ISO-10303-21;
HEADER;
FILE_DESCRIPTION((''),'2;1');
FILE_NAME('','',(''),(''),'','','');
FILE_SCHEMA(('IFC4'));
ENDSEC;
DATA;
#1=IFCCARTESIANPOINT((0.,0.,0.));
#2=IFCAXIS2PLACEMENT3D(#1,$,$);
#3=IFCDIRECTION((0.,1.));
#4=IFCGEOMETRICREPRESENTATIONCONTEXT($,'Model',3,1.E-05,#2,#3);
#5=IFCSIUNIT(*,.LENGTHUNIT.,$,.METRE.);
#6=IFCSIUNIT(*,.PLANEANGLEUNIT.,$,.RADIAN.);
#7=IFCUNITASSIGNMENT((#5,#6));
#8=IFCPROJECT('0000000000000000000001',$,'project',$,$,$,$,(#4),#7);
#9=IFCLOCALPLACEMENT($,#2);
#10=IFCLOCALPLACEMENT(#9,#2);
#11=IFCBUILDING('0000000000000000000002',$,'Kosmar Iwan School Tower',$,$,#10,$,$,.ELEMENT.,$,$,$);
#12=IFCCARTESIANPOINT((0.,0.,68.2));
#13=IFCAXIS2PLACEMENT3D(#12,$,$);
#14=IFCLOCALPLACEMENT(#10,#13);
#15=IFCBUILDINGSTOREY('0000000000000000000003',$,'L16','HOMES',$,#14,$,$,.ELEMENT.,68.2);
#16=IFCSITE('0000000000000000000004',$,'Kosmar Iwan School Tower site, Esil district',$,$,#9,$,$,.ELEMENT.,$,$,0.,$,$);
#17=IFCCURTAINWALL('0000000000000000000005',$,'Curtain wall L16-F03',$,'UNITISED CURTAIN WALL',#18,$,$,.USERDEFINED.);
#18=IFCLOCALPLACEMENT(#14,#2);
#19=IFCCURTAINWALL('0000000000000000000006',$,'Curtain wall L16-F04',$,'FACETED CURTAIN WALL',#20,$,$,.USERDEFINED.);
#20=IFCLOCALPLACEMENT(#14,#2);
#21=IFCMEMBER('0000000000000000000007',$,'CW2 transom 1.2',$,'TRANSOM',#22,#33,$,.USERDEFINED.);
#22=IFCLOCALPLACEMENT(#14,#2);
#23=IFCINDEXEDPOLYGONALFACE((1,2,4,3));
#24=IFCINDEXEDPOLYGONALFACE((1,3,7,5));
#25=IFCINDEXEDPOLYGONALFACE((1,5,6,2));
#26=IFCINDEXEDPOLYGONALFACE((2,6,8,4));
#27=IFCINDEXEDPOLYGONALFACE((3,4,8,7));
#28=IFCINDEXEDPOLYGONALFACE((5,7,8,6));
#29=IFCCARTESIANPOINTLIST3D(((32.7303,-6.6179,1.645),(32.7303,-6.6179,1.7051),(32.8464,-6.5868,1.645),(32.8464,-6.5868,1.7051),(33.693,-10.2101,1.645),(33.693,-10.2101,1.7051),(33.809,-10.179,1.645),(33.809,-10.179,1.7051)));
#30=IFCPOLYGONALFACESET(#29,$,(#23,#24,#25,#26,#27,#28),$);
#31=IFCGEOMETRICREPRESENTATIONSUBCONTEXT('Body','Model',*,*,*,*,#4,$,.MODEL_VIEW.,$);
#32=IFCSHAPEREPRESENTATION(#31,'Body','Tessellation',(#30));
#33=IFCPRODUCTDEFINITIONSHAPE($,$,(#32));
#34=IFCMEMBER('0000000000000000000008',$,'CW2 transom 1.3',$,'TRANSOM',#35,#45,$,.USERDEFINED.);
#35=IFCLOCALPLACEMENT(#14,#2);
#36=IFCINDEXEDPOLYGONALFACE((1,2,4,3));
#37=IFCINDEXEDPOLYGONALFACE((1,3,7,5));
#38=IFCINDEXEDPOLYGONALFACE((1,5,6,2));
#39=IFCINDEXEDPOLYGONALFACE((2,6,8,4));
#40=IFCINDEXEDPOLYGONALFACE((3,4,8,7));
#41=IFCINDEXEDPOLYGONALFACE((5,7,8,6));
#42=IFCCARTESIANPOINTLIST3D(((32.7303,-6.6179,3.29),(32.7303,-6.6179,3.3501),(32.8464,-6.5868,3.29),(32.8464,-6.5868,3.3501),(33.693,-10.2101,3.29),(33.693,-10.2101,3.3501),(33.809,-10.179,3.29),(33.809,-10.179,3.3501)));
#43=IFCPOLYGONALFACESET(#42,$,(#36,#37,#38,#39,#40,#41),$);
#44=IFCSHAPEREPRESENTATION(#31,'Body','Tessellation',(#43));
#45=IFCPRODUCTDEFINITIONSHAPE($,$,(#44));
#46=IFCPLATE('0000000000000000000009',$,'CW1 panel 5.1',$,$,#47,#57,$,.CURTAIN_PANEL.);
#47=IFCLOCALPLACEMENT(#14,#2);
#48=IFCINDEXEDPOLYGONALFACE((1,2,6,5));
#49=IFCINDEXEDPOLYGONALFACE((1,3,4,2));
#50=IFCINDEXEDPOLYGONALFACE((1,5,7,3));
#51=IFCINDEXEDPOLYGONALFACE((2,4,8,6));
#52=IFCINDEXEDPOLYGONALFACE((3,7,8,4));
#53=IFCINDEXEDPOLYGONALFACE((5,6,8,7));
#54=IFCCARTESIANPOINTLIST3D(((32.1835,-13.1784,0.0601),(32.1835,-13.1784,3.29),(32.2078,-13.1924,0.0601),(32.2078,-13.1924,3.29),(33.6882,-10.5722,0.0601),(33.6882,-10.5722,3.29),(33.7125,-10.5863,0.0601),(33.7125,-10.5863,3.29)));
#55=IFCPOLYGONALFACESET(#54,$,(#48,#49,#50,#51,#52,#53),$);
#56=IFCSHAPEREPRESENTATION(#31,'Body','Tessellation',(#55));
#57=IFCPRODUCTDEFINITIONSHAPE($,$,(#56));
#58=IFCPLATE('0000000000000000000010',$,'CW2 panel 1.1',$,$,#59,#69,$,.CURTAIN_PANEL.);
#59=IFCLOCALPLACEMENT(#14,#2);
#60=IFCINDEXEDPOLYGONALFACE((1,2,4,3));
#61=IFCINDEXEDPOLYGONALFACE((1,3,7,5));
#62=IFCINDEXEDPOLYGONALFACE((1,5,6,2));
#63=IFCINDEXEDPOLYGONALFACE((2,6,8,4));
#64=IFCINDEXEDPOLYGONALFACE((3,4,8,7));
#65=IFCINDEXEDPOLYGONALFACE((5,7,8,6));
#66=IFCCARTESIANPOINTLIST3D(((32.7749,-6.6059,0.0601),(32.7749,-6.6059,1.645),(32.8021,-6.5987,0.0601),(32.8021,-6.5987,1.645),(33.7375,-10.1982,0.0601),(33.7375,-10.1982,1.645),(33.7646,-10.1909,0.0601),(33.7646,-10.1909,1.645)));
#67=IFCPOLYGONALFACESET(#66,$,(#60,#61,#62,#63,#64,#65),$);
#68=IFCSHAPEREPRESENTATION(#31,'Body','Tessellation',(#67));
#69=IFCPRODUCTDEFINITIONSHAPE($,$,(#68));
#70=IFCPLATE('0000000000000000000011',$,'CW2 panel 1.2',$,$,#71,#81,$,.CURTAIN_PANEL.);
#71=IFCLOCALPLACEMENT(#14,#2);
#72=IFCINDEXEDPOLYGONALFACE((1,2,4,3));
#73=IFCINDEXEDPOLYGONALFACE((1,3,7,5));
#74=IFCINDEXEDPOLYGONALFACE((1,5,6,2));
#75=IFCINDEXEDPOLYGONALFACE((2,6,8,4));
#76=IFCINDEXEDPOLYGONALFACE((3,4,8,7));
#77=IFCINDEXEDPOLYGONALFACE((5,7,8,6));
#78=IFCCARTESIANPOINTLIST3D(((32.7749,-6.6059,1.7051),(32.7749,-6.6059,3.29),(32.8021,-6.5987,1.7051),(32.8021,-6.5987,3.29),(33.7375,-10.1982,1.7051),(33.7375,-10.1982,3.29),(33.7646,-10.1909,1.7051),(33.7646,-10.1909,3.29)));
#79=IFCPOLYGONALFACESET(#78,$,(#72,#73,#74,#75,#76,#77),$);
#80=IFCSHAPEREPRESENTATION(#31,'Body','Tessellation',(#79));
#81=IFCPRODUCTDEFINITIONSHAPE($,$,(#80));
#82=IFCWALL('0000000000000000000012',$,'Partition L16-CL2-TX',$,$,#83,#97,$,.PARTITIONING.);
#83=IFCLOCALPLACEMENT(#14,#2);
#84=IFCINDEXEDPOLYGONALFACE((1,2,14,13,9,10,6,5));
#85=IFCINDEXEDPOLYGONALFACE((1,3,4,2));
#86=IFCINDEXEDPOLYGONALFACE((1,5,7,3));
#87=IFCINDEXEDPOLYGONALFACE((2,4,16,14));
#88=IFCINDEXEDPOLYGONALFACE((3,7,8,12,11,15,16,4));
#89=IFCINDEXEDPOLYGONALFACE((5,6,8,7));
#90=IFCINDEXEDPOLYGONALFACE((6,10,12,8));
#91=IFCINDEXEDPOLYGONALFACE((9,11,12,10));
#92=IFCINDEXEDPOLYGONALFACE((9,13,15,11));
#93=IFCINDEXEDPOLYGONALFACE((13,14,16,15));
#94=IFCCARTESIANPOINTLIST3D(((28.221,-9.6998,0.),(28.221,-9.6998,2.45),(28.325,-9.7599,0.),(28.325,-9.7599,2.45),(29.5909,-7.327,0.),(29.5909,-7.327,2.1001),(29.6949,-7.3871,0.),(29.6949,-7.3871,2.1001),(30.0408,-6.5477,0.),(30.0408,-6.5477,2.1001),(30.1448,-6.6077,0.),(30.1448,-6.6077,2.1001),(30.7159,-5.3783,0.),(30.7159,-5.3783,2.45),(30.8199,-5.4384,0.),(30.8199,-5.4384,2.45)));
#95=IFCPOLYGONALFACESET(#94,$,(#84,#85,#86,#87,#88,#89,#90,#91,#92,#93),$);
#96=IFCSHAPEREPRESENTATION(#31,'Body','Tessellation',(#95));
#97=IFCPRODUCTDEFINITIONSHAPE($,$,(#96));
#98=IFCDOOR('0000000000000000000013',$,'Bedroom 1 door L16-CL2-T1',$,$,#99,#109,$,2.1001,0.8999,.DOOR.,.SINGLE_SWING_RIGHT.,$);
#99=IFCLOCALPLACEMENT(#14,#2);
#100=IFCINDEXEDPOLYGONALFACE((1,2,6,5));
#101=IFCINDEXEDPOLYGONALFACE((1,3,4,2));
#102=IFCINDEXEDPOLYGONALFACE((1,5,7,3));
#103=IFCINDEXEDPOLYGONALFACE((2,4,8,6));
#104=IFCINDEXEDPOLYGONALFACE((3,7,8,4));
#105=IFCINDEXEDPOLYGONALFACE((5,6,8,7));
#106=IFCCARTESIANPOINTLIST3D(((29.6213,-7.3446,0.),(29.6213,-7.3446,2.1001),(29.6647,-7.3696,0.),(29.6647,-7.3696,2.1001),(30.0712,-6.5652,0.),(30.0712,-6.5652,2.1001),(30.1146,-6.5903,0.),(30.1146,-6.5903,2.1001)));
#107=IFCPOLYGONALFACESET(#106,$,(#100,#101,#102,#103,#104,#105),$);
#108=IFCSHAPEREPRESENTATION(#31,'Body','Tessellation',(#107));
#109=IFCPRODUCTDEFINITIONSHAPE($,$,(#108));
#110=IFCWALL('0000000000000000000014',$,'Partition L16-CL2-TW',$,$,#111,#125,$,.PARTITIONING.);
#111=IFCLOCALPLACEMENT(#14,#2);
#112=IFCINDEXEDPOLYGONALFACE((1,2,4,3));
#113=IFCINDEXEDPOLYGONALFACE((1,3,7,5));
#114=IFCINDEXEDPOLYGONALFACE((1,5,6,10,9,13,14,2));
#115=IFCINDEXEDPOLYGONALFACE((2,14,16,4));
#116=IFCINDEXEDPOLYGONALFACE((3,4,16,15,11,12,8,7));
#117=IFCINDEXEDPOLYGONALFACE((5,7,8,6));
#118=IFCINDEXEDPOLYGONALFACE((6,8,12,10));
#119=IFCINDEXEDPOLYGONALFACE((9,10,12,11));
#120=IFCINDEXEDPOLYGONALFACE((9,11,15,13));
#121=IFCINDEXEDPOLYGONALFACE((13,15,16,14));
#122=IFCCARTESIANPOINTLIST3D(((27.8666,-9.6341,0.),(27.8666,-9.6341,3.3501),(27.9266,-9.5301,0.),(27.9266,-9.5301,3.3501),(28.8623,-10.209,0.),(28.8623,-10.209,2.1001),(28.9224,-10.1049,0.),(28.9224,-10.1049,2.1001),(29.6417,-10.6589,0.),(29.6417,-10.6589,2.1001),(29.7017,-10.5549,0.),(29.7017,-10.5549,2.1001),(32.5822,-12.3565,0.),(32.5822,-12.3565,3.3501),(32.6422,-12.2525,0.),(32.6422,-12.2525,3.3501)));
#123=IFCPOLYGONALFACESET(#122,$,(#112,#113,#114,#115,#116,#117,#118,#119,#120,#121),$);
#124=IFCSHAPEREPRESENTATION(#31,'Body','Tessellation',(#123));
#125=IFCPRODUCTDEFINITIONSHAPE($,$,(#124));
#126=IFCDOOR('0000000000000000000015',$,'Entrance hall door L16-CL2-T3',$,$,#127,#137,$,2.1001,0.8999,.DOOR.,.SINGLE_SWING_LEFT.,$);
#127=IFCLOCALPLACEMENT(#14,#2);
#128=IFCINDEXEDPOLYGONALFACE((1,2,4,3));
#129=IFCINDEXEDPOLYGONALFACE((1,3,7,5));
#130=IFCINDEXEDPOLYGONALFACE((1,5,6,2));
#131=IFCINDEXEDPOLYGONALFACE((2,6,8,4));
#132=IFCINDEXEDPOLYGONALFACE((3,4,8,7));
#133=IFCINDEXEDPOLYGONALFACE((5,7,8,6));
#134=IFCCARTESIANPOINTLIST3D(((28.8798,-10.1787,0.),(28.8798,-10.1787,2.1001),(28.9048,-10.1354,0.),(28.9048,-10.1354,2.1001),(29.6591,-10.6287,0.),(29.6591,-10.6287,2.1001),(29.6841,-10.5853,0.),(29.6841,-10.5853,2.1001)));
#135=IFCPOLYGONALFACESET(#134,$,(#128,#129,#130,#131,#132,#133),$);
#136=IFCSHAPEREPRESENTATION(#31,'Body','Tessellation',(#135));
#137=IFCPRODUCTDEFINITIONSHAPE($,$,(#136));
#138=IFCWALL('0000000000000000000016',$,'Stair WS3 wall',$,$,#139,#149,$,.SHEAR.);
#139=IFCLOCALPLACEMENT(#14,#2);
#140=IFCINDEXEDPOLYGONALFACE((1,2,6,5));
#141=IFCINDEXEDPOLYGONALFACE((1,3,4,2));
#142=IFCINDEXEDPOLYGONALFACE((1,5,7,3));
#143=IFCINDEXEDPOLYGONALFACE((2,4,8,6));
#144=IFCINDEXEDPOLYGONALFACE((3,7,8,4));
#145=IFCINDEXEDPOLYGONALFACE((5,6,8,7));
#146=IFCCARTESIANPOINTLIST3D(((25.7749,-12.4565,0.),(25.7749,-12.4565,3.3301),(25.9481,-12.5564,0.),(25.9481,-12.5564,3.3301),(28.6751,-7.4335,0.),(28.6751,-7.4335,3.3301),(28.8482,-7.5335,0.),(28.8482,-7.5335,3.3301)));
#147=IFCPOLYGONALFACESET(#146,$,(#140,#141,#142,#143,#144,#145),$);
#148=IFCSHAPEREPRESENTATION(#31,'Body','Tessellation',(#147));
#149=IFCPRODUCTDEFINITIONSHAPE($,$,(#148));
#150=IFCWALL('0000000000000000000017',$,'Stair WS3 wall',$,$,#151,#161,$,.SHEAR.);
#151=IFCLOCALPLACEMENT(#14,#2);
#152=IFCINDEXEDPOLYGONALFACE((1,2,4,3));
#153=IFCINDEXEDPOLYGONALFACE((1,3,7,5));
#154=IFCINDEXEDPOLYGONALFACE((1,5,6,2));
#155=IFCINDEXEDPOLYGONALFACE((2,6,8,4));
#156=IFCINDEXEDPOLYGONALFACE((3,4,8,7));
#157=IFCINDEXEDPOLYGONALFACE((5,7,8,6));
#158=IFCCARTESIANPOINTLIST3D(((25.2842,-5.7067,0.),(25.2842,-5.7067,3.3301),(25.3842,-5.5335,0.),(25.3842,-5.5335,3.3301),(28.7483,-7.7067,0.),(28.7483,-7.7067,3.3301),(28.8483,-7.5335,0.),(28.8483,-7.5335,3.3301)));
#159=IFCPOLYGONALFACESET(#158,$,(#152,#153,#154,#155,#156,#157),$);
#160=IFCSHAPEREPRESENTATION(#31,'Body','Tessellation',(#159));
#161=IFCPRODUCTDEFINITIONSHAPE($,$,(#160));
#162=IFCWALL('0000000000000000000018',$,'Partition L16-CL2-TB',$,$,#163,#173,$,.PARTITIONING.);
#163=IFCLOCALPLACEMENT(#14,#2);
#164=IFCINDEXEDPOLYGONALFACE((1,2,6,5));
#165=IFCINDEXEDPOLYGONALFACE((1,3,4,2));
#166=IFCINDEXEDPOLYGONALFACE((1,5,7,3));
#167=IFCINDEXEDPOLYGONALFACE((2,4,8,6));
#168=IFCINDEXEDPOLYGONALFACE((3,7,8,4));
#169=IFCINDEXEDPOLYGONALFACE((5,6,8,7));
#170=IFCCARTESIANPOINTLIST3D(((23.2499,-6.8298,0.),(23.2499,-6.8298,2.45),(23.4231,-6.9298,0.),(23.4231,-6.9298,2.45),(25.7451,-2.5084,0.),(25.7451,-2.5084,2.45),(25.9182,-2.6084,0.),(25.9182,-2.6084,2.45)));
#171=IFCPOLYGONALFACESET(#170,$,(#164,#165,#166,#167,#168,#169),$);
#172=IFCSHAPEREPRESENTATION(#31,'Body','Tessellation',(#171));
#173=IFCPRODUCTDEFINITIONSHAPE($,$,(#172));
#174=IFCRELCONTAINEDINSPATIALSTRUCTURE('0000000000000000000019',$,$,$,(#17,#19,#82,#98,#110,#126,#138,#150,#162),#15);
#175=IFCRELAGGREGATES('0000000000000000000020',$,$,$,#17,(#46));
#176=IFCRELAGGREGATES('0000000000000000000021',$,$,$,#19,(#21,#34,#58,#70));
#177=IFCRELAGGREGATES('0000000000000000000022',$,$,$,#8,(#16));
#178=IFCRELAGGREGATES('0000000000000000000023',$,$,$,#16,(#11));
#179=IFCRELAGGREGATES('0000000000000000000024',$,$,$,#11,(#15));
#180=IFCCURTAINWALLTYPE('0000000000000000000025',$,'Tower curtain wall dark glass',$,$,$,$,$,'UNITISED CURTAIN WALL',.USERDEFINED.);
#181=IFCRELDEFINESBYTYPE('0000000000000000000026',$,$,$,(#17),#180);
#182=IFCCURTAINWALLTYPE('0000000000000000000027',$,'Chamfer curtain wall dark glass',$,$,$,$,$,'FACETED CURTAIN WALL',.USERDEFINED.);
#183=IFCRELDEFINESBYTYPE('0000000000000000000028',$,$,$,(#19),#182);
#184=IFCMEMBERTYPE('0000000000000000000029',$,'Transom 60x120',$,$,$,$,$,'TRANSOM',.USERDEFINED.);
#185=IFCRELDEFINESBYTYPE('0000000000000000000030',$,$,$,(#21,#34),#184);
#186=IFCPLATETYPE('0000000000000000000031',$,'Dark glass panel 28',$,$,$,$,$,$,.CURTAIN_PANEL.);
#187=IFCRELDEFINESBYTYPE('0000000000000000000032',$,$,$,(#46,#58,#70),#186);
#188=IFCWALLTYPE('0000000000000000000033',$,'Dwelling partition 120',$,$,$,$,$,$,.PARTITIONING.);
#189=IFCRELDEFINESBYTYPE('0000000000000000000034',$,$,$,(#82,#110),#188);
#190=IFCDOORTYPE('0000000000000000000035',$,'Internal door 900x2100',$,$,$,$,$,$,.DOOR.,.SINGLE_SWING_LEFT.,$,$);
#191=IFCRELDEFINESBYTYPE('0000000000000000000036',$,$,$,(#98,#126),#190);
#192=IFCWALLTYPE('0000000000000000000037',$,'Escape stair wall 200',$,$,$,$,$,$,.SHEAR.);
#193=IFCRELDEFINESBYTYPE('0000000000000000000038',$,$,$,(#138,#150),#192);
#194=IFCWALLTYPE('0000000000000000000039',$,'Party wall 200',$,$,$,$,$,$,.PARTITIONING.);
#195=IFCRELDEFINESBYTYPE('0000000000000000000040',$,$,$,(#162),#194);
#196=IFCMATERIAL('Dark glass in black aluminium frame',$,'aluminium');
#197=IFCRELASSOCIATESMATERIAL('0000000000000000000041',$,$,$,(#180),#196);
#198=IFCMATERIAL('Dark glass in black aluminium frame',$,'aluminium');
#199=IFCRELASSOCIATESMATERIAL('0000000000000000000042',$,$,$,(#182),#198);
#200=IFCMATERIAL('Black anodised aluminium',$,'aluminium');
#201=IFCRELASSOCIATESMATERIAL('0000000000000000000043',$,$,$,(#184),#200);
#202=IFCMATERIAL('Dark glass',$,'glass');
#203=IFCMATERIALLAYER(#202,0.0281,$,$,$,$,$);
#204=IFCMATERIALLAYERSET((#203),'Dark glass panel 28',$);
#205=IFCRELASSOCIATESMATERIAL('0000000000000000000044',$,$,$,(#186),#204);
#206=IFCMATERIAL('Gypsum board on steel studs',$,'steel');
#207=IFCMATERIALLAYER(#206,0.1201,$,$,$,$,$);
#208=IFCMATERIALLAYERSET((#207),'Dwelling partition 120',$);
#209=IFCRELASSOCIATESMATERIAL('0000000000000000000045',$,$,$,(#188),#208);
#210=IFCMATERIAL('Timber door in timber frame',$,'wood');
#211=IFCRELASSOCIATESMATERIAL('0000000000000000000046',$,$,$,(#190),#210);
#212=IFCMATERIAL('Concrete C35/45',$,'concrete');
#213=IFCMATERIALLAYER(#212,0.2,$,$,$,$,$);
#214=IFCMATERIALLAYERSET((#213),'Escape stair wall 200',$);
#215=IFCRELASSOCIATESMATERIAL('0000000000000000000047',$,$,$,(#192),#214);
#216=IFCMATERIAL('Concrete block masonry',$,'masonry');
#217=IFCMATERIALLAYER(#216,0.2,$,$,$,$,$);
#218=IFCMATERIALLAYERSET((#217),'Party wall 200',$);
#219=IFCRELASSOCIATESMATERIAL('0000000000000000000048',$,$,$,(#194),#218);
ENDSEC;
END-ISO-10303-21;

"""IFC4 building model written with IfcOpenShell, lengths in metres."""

from ifc_helpers import new_model, si_unit, direction, frame, frame_2d, origin, origin_2d, place, context, subcontext, project, spatial, rectangle, extrude, material, layer, layer_set, material_profile, profile_set, type_object, element, fill, aggregate, save


model = new_model("IFC4")

# Units and contexts
model_context = context("Model", 3, precision=1e-05, world=origin(), true_north=direction((0.0, 1.0)))
body_context = subcontext(model_context, "Body", "Model", "MODEL_VIEW")
ifc_project = project(units=[si_unit("LENGTHUNIT", "METRE"), si_unit("PLANEANGLEUNIT", "RADIAN")], contexts=[model_context])

# Site, building, storey
site_placement = place(None, origin())
site = spatial("IfcSite", under=ifc_project, at=site_placement, Name="Kosmar Iwan School Tower site, Esil district", CompositionType="ELEMENT", RefElevation=0.0)
building_placement = place(site_placement, origin())
building = spatial("IfcBuilding", under=site, at=building_placement, Name="Kosmar Iwan School Tower", CompositionType="ELEMENT")
storey_placement = place(building_placement, frame((0.0, 0.0, 68.2)))
storey = spatial("IfcBuildingStorey", under=building, at=storey_placement, Name="L16", Description="HOMES", CompositionType="ELEMENT", Elevation=68.2)

# Curtain wall
ifc_material_1 = material(Name="Dark glass in black aluminium frame", Category="aluminium")
curtain_wall_type_1 = type_object("IfcCurtainWallType", Name="Tower curtain wall dark glass", ElementType="UNITISED CURTAIN WALL", PredefinedType="USERDEFINED", material=ifc_material_1)
curtain_wall_1_placement = place(storey_placement, origin())
curtain_wall_1 = element("IfcCurtainWall", 1, at=curtain_wall_1_placement, inside=storey, type_object=curtain_wall_type_1, Name="Curtain wall L16-F03", ObjectType="UNITISED CURTAIN WALL", PredefinedType="USERDEFINED")

# Curtain wall
ifc_material_2 = material(Name="Dark glass in black aluminium frame", Category="aluminium")
curtain_wall_type_2 = type_object("IfcCurtainWallType", Name="Chamfer curtain wall dark glass", ElementType="FACETED CURTAIN WALL", PredefinedType="USERDEFINED", material=ifc_material_2)
curtain_wall_2_placement = place(storey_placement, origin())
curtain_wall_2 = element("IfcCurtainWall", 2, at=curtain_wall_2_placement, inside=storey, type_object=curtain_wall_type_2, Name="Curtain wall L16-F04", ObjectType="FACETED CURTAIN WALL", PredefinedType="USERDEFINED")

# Members
ifc_material_3 = material(Name="Black anodised aluminium", Category="aluminium")
ifc_material_profile_1 = material_profile(ifc_material_3, rectangle(XDim=0.1201, YDim=0.0601, at=origin_2d()), Name="TRANSOM 60x120")
ifc_profile_set_1 = profile_set([ifc_material_profile_1], Name="Black anodised aluminium")
member_type_1 = type_object("IfcMemberType", Name="Transom 60x120", ElementType="TRANSOM", PredefinedType="USERDEFINED", material=ifc_profile_set_1)
member_1_placement = place(storey_placement, frame((33.751, -10.1946, 1.675), z_axis=(-0.258843, 0.965919, 0.0), x_axis=(-0.965919, -0.258843, 0.0)))
member_1 = element("IfcMember", 3, at=member_1_placement, type_object=member_type_1, Name="CW2 transom 1.2", ObjectType="TRANSOM", PredefinedType="USERDEFINED", context=body_context, shape_type="SweptSolid", body=[
    extrude(rectangle(XDim=0.1201, YDim=0.0601, at=origin_2d()), origin(), (0.0, 0.0, 1.0), 3.719),
])
member_2_placement = place(storey_placement, frame((33.751, -10.1946, 3.3201), z_axis=(-0.258843, 0.965919, 0.0), x_axis=(-0.965919, -0.258843, 0.0)))
member_2 = element("IfcMember", 4, at=member_2_placement, type_object=member_type_1, Name="CW2 transom 1.3", ObjectType="TRANSOM", PredefinedType="USERDEFINED", context=body_context, shape_type="SweptSolid", body=[
    extrude(rectangle(XDim=0.1201, YDim=0.0601, at=origin_2d()), origin(), (0.0, 0.0, 1.0), 3.719),
])

# Plates
ifc_material_4 = material(Name="Dark glass", Category="glass")
ifc_layer_1 = layer(ifc_material_4, 0.0281)
ifc_layer_set_1 = layer_set([ifc_layer_1], Name="Dark glass panel 28")
plate_type = type_object("IfcPlateType", Name="Dark glass panel 28", PredefinedType="CURTAIN_PANEL", material=ifc_layer_set_1)
plate_1_placement = place(storey_placement, frame((32.948, -11.8823, 0.0601), z_axis=(0.0, 0.0, 1.0), x_axis=(0.5, 0.866025, 0.0)))
plate_1 = element("IfcPlate", 5, at=plate_1_placement, type_object=plate_type, Name="CW1 panel 5.1", PredefinedType="CURTAIN_PANEL", context=body_context, shape_type="SweptSolid", body=[
    extrude(rectangle(XDim=3.0093, YDim=0.0281, at=origin_2d()), origin(), (0.0, 0.0, 1.0), 3.23),
])
aggregate(curtain_wall_1, [plate_1])
plate_2_placement = place(storey_placement, frame((33.2698, -8.3984, 0.0601), z_axis=(0.0, 0.0, 1.0), x_axis=(-0.258819, 0.965926, 0.0)))
plate_2 = element("IfcPlate", 6, at=plate_2_placement, type_object=plate_type, Name="CW2 panel 1.1", PredefinedType="CURTAIN_PANEL", context=body_context, shape_type="SweptSolid", body=[
    extrude(rectangle(XDim=3.719, YDim=0.0281, at=origin_2d()), origin(), (0.0, 0.0, 1.0), 1.585),
])
plate_3_placement = place(storey_placement, frame((33.2698, -8.3984, 1.7051), z_axis=(0.0, 0.0, 1.0), x_axis=(-0.258819, 0.965926, 0.0)))
plate_3 = element("IfcPlate", 7, at=plate_3_placement, type_object=plate_type, Name="CW2 panel 1.2", PredefinedType="CURTAIN_PANEL", context=body_context, shape_type="SweptSolid", body=[
    extrude(rectangle(XDim=3.719, YDim=0.0281, at=origin_2d()), origin(), (0.0, 0.0, 1.0), 1.585),
])
aggregate(curtain_wall_2, [member_1, member_2, plate_2, plate_3])

# Walls, openings, doors
ifc_material_5 = material(Name="Gypsum board on steel studs", Category="steel")
ifc_layer_2 = layer(ifc_material_5, 0.1201)
ifc_layer_set_2 = layer_set([ifc_layer_2], Name="Dwelling partition 120")
wall_type_1 = type_object("IfcWallType", Name="Dwelling partition 120", PredefinedType="PARTITIONING", material=ifc_layer_set_2)
wall_1_placement = place(storey_placement, frame((28.2729, -9.73, 0.0), z_axis=(0.0, 0.0, 1.0), x_axis=(0.499975, 0.86604, 0.0)))
wall_1 = element("IfcWall", 8, at=wall_1_placement, inside=storey, type_object=wall_type_1, Name="Partition L16-CL2-TX", PredefinedType="PARTITIONING", context=body_context, shape_type="SweptSolid", body=[
    extrude(rectangle(XDim=4.99, YDim=0.1201, at=frame_2d((2.4951, 0.0))), origin(), (0.0, 0.0, 1.0), 2.45),
])
opening_1_placement = place(wall_1_placement, frame((2.74, 0.0, 0.0)))
opening_1 = element("IfcOpeningElement", 9, at=opening_1_placement, cuts=wall_1, PredefinedType="OPENING", context=body_context, shape_type="SweptSolid", body=[
    extrude(rectangle(XDim=0.8999, YDim=2.1001, at=frame_2d((0.45, 1.05))), frame((0.0, 0.072, 0.0), z_axis=(0.0, -1.0, 0.0), x_axis=(1.0, 0.0, 0.0)), (0.0, 0.0, 1.0), 0.144),
])
ifc_material_6 = material(Name="Timber door in timber frame", Category="wood")
door_type = type_object("IfcDoorType", Name="Internal door 900x2100", OperationType="SINGLE_SWING_LEFT", PredefinedType="DOOR", material=ifc_material_6)
door_1_placement = place(opening_1_placement, origin())
door_1 = element("IfcDoor", 10, at=door_1_placement, inside=storey, type_object=door_type, Name="Bedroom 1 door L16-CL2-T1", OperationType="SINGLE_SWING_RIGHT", OverallHeight=2.1001, OverallWidth=0.8999, PredefinedType="DOOR", context=body_context, shape_type="SweptSolid", body=[
    extrude(rectangle(XDim=0.8999, YDim=2.1001, at=frame_2d((0.45, 1.05))), frame((0.0, 0.0249, 0.0), z_axis=(0.0, -1.0, 0.0), x_axis=(1.0, 0.0, 0.0)), (0.0, 0.0, 1.0), 0.05),
])
fill(opening_1, door_1)
wall_2_placement = place(storey_placement, frame((27.8965, -9.582, 0.0), z_axis=(0.0, 0.0, 1.0), x_axis=(0.866036, -0.499982, 0.0)))
wall_2 = element("IfcWall", 11, at=wall_2_placement, inside=storey, type_object=wall_type_1, Name="Partition L16-CL2-TW", PredefinedType="PARTITIONING", context=body_context, shape_type="SweptSolid", body=[
    extrude(rectangle(XDim=5.4451, YDim=0.1201, at=frame_2d((2.7227, 0.0))), origin(), (0.0, 0.0, 1.0), 3.3501),
])
opening_2_placement = place(wall_2_placement, frame((1.1499, 0.0, 0.0)))
opening_2 = element("IfcOpeningElement", 12, at=opening_2_placement, cuts=wall_2, PredefinedType="OPENING", context=body_context, shape_type="SweptSolid", body=[
    extrude(rectangle(XDim=0.8999, YDim=2.1001, at=frame_2d((0.45, 1.05))), frame((0.0, 0.072, 0.0), z_axis=(0.0, -1.0, 0.0), x_axis=(1.0, 0.0, 0.0)), (0.0, 0.0, 1.0), 0.144),
])
door_2_placement = place(opening_2_placement, origin())
door_2 = element("IfcDoor", 13, at=door_2_placement, inside=storey, type_object=door_type, Name="Entrance hall door L16-CL2-T3", OperationType="SINGLE_SWING_LEFT", OverallHeight=2.1001, OverallWidth=0.8999, PredefinedType="DOOR", context=body_context, shape_type="SweptSolid", body=[
    extrude(rectangle(XDim=0.8999, YDim=2.1001, at=frame_2d((0.45, 1.05))), frame((0.0, 0.0249, 0.0), z_axis=(0.0, -1.0, 0.0), x_axis=(1.0, 0.0, 0.0)), (0.0, 0.0, 1.0), 0.05),
])
fill(opening_2, door_2)

# Walls
ifc_material_7 = material(Name="Concrete C35/45", Category="concrete")
ifc_layer_3 = layer(ifc_material_7, 0.2)
ifc_layer_set_3 = layer_set([ifc_layer_3], Name="Escape stair wall 200")
wall_type_2 = type_object("IfcWallType", Name="Escape stair wall 200", PredefinedType="SHEAR", material=ifc_layer_set_3)
wall_3_placement = place(storey_placement, frame((25.8616, -12.5063, 0.0), z_axis=(0.0, 0.0, 1.0), x_axis=(0.500019, 0.866015, 0.0)))
element("IfcWall", 14, at=wall_3_placement, inside=storey, type_object=wall_type_2, Name="Stair WS3 wall", PredefinedType="SHEAR", context=body_context, shape_type="SweptSolid", body=[
    extrude(rectangle(XDim=5.8, YDim=0.2, at=frame_2d((2.8999, 0.0))), origin(), (0.0, 0.0, 1.0), 3.3301),
])
wall_4_placement = place(storey_placement, frame((25.3342, -5.6201, 0.0), z_axis=(0.0, 0.0, 1.0), x_axis=(0.866026, -0.499999, 0.0)))
element("IfcWall", 15, at=wall_4_placement, inside=storey, type_object=wall_type_2, Name="Stair WS3 wall", PredefinedType="SHEAR", context=body_context, shape_type="SweptSolid", body=[
    extrude(rectangle(XDim=4.0, YDim=0.2, at=frame_2d((2.0, 0.0))), origin(), (0.0, 0.0, 1.0), 3.3301),
])
ifc_material_8 = material(Name="Concrete block masonry", Category="masonry")
ifc_layer_4 = layer(ifc_material_8, 0.2)
ifc_layer_set_4 = layer_set([ifc_layer_4], Name="Party wall 200")
wall_type_3 = type_object("IfcWallType", Name="Party wall 200", PredefinedType="PARTITIONING", material=ifc_layer_set_4)
wall_5_placement = place(storey_placement, frame((23.3364, -6.8799, 0.0), z_axis=(0.0, 0.0, 1.0), x_axis=(0.500033, 0.866006, 0.0)))
element("IfcWall", 16, at=wall_5_placement, inside=storey, type_object=wall_type_3, Name="Partition L16-CL2-TB", PredefinedType="PARTITIONING", context=body_context, shape_type="SweptSolid", body=[
    extrude(rectangle(XDim=4.99, YDim=0.2, at=frame_2d((2.4951, 0.0))), origin(), (0.0, 0.0, 1.0), 2.45),
])

save(model, "model.ifc")
